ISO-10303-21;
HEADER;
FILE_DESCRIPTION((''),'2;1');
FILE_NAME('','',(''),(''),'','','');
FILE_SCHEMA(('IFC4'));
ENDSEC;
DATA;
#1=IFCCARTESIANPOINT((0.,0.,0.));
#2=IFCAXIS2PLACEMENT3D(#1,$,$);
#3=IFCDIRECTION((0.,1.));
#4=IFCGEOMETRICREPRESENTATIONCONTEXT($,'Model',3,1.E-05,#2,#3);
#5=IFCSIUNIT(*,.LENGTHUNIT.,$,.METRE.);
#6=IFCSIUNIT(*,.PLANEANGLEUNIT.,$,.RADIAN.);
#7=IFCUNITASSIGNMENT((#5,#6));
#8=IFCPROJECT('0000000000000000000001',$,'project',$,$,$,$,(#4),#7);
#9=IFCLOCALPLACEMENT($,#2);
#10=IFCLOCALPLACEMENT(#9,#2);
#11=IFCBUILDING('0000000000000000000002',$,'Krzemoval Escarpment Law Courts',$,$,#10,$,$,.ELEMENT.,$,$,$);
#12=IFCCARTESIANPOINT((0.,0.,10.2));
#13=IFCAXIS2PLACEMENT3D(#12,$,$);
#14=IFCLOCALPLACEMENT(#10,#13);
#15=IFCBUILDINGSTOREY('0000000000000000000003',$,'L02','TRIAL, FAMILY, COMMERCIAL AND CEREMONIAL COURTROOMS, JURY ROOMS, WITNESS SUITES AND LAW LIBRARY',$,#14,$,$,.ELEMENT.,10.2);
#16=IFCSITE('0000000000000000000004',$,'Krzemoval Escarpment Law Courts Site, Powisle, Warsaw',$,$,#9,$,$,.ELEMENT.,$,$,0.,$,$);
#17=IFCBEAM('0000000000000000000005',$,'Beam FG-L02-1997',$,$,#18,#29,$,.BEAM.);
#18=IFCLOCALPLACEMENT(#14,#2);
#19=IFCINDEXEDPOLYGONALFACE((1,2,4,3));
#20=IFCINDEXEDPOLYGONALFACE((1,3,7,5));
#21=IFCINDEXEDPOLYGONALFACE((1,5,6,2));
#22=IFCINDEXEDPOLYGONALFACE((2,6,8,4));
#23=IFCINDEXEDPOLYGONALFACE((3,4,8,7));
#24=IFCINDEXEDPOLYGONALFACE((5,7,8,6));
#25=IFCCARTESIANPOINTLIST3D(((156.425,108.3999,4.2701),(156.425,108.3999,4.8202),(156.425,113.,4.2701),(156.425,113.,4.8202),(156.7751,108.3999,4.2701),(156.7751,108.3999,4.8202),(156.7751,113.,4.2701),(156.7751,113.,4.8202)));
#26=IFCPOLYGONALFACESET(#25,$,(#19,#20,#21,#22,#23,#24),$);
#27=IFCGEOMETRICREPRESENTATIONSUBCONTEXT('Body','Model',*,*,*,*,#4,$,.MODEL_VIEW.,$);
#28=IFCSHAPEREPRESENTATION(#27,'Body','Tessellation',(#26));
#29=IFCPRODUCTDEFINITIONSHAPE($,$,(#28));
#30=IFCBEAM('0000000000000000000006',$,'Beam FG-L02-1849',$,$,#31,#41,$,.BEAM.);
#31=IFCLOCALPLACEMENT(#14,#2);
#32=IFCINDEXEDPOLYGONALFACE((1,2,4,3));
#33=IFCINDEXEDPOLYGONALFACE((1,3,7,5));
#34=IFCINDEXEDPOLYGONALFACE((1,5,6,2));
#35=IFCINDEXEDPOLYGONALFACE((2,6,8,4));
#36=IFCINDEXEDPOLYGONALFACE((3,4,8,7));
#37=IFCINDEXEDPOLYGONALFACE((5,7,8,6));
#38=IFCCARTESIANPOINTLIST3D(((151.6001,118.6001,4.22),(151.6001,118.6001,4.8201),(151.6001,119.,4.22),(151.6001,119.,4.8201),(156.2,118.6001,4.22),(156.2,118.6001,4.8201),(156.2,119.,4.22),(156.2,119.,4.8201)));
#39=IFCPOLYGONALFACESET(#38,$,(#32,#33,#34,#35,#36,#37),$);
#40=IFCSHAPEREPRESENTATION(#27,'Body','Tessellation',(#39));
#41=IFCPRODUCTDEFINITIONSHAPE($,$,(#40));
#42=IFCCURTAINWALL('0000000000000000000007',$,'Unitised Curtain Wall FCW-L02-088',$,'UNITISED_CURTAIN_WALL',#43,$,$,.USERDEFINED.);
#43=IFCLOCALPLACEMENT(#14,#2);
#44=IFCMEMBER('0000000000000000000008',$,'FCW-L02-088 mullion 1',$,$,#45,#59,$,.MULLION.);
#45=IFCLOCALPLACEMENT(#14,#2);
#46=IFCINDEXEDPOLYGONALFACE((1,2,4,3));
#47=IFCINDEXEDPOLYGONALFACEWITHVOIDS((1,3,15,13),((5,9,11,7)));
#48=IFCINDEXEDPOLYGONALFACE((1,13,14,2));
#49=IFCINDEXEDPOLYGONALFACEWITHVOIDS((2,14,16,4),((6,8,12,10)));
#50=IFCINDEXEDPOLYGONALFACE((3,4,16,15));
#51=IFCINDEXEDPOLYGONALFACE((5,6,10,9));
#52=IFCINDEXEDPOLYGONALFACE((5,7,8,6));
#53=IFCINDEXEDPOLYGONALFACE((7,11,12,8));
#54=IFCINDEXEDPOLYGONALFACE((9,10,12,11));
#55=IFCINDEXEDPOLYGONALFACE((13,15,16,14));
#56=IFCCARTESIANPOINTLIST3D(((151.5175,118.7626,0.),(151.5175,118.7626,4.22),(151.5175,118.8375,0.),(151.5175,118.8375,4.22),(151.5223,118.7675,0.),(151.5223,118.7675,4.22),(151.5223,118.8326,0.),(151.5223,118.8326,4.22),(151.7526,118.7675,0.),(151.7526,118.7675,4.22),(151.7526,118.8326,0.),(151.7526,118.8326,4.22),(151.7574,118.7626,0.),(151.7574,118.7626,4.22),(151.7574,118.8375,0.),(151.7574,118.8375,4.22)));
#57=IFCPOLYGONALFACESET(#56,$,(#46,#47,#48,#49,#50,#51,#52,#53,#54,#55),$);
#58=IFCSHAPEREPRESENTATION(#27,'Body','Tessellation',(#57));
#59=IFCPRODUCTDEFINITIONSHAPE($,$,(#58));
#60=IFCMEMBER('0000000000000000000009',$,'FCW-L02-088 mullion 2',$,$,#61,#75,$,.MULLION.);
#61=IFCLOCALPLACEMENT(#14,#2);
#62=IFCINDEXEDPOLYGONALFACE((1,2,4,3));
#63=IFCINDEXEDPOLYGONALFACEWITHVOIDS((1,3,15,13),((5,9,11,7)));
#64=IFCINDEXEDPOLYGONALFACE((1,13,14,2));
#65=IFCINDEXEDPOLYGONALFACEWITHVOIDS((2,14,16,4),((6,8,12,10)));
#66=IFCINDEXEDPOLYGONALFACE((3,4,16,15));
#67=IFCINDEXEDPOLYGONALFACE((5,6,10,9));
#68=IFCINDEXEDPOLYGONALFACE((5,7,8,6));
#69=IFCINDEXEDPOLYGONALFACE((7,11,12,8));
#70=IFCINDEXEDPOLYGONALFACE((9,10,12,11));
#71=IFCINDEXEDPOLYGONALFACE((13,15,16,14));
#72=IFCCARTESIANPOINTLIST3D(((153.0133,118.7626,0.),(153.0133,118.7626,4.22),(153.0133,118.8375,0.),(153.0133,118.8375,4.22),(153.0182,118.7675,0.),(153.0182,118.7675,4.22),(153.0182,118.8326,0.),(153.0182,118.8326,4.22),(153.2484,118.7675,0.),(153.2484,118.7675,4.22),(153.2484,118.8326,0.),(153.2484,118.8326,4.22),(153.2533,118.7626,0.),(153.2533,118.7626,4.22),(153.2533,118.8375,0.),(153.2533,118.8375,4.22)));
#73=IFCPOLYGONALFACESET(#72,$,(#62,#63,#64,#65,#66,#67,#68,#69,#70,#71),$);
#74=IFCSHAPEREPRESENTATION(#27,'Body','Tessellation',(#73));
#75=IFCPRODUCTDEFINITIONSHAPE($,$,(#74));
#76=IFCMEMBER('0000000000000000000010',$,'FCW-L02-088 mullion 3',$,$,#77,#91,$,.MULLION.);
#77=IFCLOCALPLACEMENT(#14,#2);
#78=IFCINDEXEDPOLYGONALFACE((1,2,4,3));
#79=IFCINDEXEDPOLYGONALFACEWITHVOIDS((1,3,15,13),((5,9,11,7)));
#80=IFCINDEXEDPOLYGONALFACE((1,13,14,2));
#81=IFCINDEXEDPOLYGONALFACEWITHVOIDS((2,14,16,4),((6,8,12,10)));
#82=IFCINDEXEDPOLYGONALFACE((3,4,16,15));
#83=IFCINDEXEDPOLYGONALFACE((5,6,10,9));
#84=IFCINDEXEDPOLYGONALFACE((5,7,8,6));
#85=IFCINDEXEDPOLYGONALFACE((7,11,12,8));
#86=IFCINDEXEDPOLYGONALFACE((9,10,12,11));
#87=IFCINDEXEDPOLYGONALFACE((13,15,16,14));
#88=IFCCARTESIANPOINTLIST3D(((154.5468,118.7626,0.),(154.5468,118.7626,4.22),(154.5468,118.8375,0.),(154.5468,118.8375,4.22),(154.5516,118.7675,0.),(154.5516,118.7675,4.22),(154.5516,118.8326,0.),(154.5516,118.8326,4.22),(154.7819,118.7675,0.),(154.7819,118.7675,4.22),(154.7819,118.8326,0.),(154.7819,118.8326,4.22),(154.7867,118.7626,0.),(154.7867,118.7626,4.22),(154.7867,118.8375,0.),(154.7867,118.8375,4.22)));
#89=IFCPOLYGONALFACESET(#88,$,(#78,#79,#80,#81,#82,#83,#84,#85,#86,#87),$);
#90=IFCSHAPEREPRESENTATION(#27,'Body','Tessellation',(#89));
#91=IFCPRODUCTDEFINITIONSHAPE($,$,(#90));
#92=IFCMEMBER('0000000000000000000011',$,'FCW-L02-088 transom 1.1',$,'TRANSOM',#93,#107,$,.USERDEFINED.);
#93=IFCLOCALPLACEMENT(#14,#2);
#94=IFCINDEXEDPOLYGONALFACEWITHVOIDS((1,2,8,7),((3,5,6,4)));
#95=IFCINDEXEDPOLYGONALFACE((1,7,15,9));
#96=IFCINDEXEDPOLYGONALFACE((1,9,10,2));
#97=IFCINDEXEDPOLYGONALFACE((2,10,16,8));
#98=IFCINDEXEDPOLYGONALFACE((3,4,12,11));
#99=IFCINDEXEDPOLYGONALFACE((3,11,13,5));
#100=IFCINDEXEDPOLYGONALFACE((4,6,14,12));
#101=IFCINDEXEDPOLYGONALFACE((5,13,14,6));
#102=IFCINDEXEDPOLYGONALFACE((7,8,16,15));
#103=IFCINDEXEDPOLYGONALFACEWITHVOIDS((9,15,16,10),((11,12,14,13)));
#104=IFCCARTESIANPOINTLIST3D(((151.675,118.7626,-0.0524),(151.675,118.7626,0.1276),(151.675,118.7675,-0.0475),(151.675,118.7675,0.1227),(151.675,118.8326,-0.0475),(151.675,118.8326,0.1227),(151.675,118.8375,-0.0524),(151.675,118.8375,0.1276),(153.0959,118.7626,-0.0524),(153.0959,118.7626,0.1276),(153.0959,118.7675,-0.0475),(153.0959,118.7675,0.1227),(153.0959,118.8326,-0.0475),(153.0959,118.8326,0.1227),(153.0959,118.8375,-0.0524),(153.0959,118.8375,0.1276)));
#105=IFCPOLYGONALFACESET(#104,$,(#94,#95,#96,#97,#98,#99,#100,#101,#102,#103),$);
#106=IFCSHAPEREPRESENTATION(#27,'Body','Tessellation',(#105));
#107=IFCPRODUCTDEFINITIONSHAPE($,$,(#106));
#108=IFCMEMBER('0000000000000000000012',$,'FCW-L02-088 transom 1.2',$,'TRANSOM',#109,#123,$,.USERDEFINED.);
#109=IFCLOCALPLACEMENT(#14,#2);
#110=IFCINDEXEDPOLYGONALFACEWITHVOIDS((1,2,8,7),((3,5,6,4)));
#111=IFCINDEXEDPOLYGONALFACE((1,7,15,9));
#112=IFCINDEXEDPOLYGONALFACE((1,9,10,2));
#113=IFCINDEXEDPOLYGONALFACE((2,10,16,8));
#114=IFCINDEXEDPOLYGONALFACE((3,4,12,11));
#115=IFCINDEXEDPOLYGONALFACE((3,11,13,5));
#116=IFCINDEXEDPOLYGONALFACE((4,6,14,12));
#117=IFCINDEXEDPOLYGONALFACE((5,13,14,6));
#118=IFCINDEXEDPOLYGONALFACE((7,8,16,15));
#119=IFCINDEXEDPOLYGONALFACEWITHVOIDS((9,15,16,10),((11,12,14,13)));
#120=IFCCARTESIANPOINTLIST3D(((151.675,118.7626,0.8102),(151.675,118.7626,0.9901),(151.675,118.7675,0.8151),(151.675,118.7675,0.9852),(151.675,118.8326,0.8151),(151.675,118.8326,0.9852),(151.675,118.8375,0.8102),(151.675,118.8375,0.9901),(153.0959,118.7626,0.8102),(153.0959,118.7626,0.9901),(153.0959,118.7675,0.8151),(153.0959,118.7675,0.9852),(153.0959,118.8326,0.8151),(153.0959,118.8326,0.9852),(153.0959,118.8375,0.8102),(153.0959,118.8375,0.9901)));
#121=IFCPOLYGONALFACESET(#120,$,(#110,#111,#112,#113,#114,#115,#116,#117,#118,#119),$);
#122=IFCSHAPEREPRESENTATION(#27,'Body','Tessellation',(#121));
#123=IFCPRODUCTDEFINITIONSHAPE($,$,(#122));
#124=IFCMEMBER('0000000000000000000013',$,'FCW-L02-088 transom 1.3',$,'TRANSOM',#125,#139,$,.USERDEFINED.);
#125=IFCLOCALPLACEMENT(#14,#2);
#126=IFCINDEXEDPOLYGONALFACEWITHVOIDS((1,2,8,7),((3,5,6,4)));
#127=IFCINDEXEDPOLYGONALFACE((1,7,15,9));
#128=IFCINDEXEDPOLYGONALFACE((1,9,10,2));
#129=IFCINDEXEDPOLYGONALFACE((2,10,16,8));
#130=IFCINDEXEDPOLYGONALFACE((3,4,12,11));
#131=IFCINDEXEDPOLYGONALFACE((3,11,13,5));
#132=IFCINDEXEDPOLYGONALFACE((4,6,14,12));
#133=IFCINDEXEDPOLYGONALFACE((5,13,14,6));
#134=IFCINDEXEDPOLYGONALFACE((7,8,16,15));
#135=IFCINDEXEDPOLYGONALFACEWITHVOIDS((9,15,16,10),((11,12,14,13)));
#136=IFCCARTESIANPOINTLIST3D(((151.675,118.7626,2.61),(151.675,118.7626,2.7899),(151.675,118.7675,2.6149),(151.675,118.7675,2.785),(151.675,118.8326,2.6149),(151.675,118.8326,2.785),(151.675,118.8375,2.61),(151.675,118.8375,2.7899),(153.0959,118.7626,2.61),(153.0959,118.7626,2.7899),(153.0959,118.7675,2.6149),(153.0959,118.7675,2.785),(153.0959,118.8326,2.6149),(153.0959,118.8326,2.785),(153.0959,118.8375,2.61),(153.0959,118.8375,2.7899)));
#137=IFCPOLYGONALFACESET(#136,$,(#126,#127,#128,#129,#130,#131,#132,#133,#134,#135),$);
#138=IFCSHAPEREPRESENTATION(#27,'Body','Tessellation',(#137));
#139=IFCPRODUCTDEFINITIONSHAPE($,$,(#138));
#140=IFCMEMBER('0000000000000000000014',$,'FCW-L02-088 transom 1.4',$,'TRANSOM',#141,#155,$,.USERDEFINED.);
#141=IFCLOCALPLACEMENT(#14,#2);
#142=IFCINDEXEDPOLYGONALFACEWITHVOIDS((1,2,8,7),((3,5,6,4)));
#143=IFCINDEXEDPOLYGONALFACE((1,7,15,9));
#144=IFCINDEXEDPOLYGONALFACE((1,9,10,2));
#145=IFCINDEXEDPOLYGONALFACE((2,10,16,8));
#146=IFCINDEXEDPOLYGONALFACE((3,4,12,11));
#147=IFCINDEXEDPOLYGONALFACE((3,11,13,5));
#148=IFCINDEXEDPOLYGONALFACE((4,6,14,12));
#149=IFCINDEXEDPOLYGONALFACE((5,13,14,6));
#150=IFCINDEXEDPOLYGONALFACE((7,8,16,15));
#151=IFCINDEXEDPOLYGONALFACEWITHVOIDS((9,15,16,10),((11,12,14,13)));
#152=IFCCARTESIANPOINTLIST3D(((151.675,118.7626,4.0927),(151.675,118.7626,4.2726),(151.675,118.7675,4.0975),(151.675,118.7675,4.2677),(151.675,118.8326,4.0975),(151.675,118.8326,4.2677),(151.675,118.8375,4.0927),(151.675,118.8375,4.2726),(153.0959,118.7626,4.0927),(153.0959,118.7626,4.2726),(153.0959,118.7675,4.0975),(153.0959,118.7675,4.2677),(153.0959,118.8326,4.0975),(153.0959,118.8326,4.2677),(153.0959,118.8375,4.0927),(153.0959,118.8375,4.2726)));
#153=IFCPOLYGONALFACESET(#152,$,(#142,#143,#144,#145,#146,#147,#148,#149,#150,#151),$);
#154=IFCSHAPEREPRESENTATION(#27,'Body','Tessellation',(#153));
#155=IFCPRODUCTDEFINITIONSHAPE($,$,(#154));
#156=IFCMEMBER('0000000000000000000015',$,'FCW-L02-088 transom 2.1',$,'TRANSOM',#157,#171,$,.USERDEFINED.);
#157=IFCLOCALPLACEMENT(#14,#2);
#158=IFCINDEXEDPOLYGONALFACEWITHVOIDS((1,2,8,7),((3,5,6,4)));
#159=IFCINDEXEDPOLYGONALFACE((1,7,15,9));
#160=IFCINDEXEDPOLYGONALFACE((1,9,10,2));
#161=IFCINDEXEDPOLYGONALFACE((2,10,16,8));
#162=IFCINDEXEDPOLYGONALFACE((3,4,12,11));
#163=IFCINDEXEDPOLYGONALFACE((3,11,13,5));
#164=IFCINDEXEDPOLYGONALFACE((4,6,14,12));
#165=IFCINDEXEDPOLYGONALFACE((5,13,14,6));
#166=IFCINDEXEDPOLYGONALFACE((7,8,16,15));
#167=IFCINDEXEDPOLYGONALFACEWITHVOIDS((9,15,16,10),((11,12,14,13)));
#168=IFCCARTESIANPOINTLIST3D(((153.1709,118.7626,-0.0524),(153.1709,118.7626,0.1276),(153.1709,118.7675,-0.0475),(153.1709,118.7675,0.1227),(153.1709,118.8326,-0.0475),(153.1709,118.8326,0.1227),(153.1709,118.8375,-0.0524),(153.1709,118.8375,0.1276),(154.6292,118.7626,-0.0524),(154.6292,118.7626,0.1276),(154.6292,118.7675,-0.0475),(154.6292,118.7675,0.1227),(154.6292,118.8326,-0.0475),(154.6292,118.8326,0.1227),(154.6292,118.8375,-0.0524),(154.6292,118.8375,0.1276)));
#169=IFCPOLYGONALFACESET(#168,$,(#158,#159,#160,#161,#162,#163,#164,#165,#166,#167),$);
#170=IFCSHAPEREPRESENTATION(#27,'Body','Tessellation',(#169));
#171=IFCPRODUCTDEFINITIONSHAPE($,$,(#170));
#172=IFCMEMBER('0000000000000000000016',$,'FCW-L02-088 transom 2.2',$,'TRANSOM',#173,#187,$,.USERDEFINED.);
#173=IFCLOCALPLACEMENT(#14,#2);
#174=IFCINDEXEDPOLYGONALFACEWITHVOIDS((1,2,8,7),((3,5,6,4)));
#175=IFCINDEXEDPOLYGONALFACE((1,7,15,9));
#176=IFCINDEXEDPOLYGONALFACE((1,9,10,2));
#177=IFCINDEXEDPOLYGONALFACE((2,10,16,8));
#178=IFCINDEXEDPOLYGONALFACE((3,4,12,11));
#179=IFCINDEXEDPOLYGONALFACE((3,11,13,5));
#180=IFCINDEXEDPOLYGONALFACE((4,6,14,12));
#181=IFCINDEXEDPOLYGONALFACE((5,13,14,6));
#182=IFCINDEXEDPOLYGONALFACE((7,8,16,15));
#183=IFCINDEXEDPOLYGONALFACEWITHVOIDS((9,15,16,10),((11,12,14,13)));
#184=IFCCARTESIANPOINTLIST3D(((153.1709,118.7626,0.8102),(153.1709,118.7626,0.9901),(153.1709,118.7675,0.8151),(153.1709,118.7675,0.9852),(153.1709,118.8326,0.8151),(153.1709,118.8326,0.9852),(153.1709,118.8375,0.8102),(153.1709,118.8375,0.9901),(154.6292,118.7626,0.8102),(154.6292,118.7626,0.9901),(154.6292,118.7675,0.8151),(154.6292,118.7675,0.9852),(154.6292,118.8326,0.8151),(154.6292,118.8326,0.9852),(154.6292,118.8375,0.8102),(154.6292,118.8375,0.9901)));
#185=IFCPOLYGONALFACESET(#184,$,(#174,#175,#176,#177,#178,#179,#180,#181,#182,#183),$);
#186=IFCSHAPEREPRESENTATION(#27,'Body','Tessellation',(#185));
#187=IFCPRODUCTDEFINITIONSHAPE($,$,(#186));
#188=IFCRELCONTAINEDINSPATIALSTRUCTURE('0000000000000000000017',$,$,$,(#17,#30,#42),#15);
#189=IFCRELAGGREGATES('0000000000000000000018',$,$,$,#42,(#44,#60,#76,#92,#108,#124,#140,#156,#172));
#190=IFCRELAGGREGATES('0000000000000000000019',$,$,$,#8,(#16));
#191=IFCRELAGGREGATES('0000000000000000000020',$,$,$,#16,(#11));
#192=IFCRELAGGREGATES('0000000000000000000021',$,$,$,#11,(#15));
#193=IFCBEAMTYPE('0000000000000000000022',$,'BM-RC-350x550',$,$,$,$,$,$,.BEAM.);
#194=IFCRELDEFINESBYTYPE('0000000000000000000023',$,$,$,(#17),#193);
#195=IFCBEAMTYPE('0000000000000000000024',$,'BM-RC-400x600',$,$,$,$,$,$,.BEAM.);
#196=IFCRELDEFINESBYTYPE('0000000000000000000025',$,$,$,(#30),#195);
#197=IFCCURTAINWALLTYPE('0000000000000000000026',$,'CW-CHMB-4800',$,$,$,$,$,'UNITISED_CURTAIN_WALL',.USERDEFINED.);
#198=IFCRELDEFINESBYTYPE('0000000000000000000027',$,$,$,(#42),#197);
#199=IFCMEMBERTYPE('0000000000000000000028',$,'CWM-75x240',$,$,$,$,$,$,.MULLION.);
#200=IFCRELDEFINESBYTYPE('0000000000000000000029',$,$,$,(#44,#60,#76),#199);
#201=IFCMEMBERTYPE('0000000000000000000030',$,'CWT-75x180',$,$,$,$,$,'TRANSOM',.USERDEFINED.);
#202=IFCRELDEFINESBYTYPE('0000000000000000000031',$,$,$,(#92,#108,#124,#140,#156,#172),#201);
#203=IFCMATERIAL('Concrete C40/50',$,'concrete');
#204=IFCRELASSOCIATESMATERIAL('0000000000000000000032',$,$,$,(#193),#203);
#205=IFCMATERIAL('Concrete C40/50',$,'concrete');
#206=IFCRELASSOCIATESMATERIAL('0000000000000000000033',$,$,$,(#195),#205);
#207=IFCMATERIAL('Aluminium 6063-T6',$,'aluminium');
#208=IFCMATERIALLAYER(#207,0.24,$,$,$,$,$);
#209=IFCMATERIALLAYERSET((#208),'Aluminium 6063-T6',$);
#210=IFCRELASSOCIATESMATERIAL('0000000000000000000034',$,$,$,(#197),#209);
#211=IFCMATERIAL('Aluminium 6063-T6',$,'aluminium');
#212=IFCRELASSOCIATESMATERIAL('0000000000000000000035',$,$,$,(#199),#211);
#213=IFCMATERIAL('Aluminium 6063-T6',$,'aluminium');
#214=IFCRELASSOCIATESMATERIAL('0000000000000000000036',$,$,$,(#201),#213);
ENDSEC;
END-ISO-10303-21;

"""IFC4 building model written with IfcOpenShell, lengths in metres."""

from ifc_helpers import new_model, si_unit, direction, frame, origin, origin_2d, place, context, subcontext, project, spatial, rectangle, hollow_rectangle, extrude, material, layer, layer_set, material_profile, profile_set, type_object, element, aggregate, save


model = new_model("IFC4")

# Units and contexts
model_context = context("Model", 3, precision=1e-05, world=origin(), true_north=direction((0.0, 1.0)))
body_context = subcontext(model_context, "Body", "Model", "MODEL_VIEW")
ifc_project = project(units=[si_unit("LENGTHUNIT", "METRE"), si_unit("PLANEANGLEUNIT", "RADIAN")], contexts=[model_context])

# Site, building, storey
site_placement = place(None, origin())
site = spatial("IfcSite", under=ifc_project, at=site_placement, Name="Krzemoval Escarpment Law Courts Site, Powisle, Warsaw", CompositionType="ELEMENT", RefElevation=0.0)
building_placement = place(site_placement, origin())
building = spatial("IfcBuilding", under=site, at=building_placement, Name="Krzemoval Escarpment Law Courts", CompositionType="ELEMENT")
storey_placement = place(building_placement, frame((0.0, 0.0, 10.2)))
storey = spatial("IfcBuildingStorey", under=building, at=storey_placement, Name="L02", Description="TRIAL, FAMILY, COMMERCIAL AND CEREMONIAL COURTROOMS, JURY ROOMS, WITNESS SUITES AND LAW LIBRARY", CompositionType="ELEMENT", Elevation=10.2)

# Beams
ifc_material_1 = material(Name="Concrete C40/50", Category="concrete")
ifc_material_profile_1 = material_profile(ifc_material_1, rectangle(XDim=0.3501, YDim=0.55, at=origin_2d()), Name="RCB 350x550")
ifc_profile_set_1 = profile_set([ifc_material_profile_1], Name="Concrete C40/50")
beam_type_1 = type_object("IfcBeamType", Name="BM-RC-350x550", PredefinedType="BEAM", material=ifc_profile_set_1)
beam_1_placement = place(storey_placement, frame((156.6001, 108.3999, 4.5452), z_axis=(0.0, 1.0, 0.0), x_axis=(-1.0, 0.0, 0.0)))
element("IfcBeam", 1, at=beam_1_placement, inside=storey, type_object=beam_type_1, Name="Beam FG-L02-1997", PredefinedType="BEAM", context=body_context, shape_type="SweptSolid", body=[
    extrude(rectangle(XDim=0.3501, YDim=0.55, at=origin_2d()), origin(), (0.0, 0.0, 1.0), 4.6001),
])
ifc_material_2 = material(Name="Concrete C40/50", Category="concrete")
ifc_material_profile_2 = material_profile(ifc_material_2, rectangle(XDim=0.3999, YDim=0.6001, at=origin_2d()), Name="RCB 400x600")
ifc_profile_set_2 = profile_set([ifc_material_profile_2], Name="Concrete C40/50")
beam_type_2 = type_object("IfcBeamType", Name="BM-RC-400x600", PredefinedType="BEAM", material=ifc_profile_set_2)
beam_2_placement = place(storey_placement, frame((151.6001, 118.8, 4.52), z_axis=(1.0, 0.0, 0.0), x_axis=(0.0, 1.0, 0.0)))
element("IfcBeam", 2, at=beam_2_placement, inside=storey, type_object=beam_type_2, Name="Beam FG-L02-1849", PredefinedType="BEAM", context=body_context, shape_type="SweptSolid", body=[
    extrude(rectangle(XDim=0.3999, YDim=0.6001, at=origin_2d()), origin(), (0.0, 0.0, 1.0), 4.5999),
])

# Curtain wall, members
ifc_material_3 = material(Name="Aluminium 6063-T6", Category="aluminium")
ifc_layer_1 = layer(ifc_material_3, 0.24)
ifc_layer_set_1 = layer_set([ifc_layer_1], Name="Aluminium 6063-T6")
curtain_wall_type = type_object("IfcCurtainWallType", Name="CW-CHMB-4800", ElementType="UNITISED_CURTAIN_WALL", PredefinedType="USERDEFINED", material=ifc_layer_set_1)
curtain_wall_placement = place(storey_placement, origin())
curtain_wall = element("IfcCurtainWall", 3, at=curtain_wall_placement, inside=storey, type_object=curtain_wall_type, Name="Unitised Curtain Wall FCW-L02-088", ObjectType="UNITISED_CURTAIN_WALL", PredefinedType="USERDEFINED")
ifc_material_4 = material(Name="Aluminium 6063-T6", Category="aluminium")
ifc_material_profile_3 = material_profile(ifc_material_4, hollow_rectangle(XDim=0.075, YDim=0.24, WallThickness=0.0049, at=origin_2d()), Name="ALU M75x240")
ifc_profile_set_3 = profile_set([ifc_material_profile_3], Name="Aluminium 6063-T6")
member_type_1 = type_object("IfcMemberType", Name="CWM-75x240", PredefinedType="MULLION", material=ifc_profile_set_3)
member_1_placement = place(storey_placement, frame((151.6375, 118.8, 0.0), z_axis=(0.0, 0.0, 1.0), x_axis=(0.0, 1.0, 0.0)))
member_1 = element("IfcMember", 4, at=member_1_placement, type_object=member_type_1, Name="FCW-L02-088 mullion 1", PredefinedType="MULLION", context=body_context, shape_type="SweptSolid", body=[
    extrude(hollow_rectangle(XDim=0.075, YDim=0.24, WallThickness=0.0049, at=origin_2d()), origin(), (0.0, 0.0, 1.0), 4.22),
])
member_2_placement = place(storey_placement, frame((153.1333, 118.8, 0.0), z_axis=(0.0, 0.0, 1.0), x_axis=(0.0, 1.0, 0.0)))
member_2 = element("IfcMember", 5, at=member_2_placement, type_object=member_type_1, Name="FCW-L02-088 mullion 2", PredefinedType="MULLION", context=body_context, shape_type="SweptSolid", body=[
    extrude(hollow_rectangle(XDim=0.075, YDim=0.24, WallThickness=0.0049, at=origin_2d()), origin(), (0.0, 0.0, 1.0), 4.22),
])
member_3_placement = place(storey_placement, frame((154.6667, 118.8, 0.0), z_axis=(0.0, 0.0, 1.0), x_axis=(0.0, 1.0, 0.0)))
member_3 = element("IfcMember", 6, at=member_3_placement, type_object=member_type_1, Name="FCW-L02-088 mullion 3", PredefinedType="MULLION", context=body_context, shape_type="SweptSolid", body=[
    extrude(hollow_rectangle(XDim=0.075, YDim=0.24, WallThickness=0.0049, at=origin_2d()), origin(), (0.0, 0.0, 1.0), 4.22),
])
ifc_material_5 = material(Name="Aluminium 6063-T6", Category="aluminium")
ifc_material_profile_4 = material_profile(ifc_material_5, hollow_rectangle(XDim=0.075, YDim=0.1799, WallThickness=0.0049, at=origin_2d()), Name="ALU T75x180")
ifc_profile_set_4 = profile_set([ifc_material_profile_4], Name="Aluminium 6063-T6")
member_type_2 = type_object("IfcMemberType", Name="CWT-75x180", ElementType="TRANSOM", PredefinedType="USERDEFINED", material=ifc_profile_set_4)
member_4_placement = place(storey_placement, frame((151.675, 118.8, 0.0376), z_axis=(1.0, 0.0, 0.0), x_axis=(0.0, 1.0, 0.0)))
member_4 = element("IfcMember", 7, at=member_4_placement, type_object=member_type_2, Name="FCW-L02-088 transom 1.1", ObjectType="TRANSOM", PredefinedType="USERDEFINED", context=body_context, shape_type="SweptSolid", body=[
    extrude(hollow_rectangle(XDim=0.075, YDim=0.1799, WallThickness=0.0049, at=origin_2d()), origin(), (0.0, 0.0, 1.0), 1.4209),
])
member_5_placement = place(storey_placement, frame((151.675, 118.8, 0.9001), z_axis=(1.0, 0.0, 0.0), x_axis=(0.0, 1.0, 0.0)))
member_5 = element("IfcMember", 8, at=member_5_placement, type_object=member_type_2, Name="FCW-L02-088 transom 1.2", ObjectType="TRANSOM", PredefinedType="USERDEFINED", context=body_context, shape_type="SweptSolid", body=[
    extrude(hollow_rectangle(XDim=0.075, YDim=0.1799, WallThickness=0.0049, at=origin_2d()), origin(), (0.0, 0.0, 1.0), 1.4209),
])
member_6_placement = place(storey_placement, frame((151.675, 118.8, 2.7), z_axis=(1.0, 0.0, 0.0), x_axis=(0.0, 1.0, 0.0)))
member_6 = element("IfcMember", 9, at=member_6_placement, type_object=member_type_2, Name="FCW-L02-088 transom 1.3", ObjectType="TRANSOM", PredefinedType="USERDEFINED", context=body_context, shape_type="SweptSolid", body=[
    extrude(hollow_rectangle(XDim=0.075, YDim=0.1799, WallThickness=0.0049, at=origin_2d()), origin(), (0.0, 0.0, 1.0), 1.4209),
])
member_7_placement = place(storey_placement, frame((151.675, 118.8, 4.1826), z_axis=(1.0, 0.0, 0.0), x_axis=(0.0, 1.0, 0.0)))
member_7 = element("IfcMember", 10, at=member_7_placement, type_object=member_type_2, Name="FCW-L02-088 transom 1.4", ObjectType="TRANSOM", PredefinedType="USERDEFINED", context=body_context, shape_type="SweptSolid", body=[
    extrude(hollow_rectangle(XDim=0.075, YDim=0.1799, WallThickness=0.0049, at=origin_2d()), origin(), (0.0, 0.0, 1.0), 1.4209),
])
member_8_placement = place(storey_placement, frame((153.1709, 118.8, 0.0376), z_axis=(1.0, 0.0, 0.0), x_axis=(0.0, 1.0, 0.0)))
member_8 = element("IfcMember", 11, at=member_8_placement, type_object=member_type_2, Name="FCW-L02-088 transom 2.1", ObjectType="TRANSOM", PredefinedType="USERDEFINED", context=body_context, shape_type="SweptSolid", body=[
    extrude(hollow_rectangle(XDim=0.075, YDim=0.1799, WallThickness=0.0049, at=origin_2d()), origin(), (0.0, 0.0, 1.0), 1.4583),
])
member_9_placement = place(storey_placement, frame((153.1709, 118.8, 0.9001), z_axis=(1.0, 0.0, 0.0), x_axis=(0.0, 1.0, 0.0)))
member_9 = element("IfcMember", 12, at=member_9_placement, type_object=member_type_2, Name="FCW-L02-088 transom 2.2", ObjectType="TRANSOM", PredefinedType="USERDEFINED", context=body_context, shape_type="SweptSolid", body=[
    extrude(hollow_rectangle(XDim=0.075, YDim=0.1799, WallThickness=0.0049, at=origin_2d()), origin(), (0.0, 0.0, 1.0), 1.4583),
])
aggregate(curtain_wall, [member_1, member_2, member_3, member_4, member_5, member_6, member_7, member_8, member_9])

save(model, "model.ifc")
